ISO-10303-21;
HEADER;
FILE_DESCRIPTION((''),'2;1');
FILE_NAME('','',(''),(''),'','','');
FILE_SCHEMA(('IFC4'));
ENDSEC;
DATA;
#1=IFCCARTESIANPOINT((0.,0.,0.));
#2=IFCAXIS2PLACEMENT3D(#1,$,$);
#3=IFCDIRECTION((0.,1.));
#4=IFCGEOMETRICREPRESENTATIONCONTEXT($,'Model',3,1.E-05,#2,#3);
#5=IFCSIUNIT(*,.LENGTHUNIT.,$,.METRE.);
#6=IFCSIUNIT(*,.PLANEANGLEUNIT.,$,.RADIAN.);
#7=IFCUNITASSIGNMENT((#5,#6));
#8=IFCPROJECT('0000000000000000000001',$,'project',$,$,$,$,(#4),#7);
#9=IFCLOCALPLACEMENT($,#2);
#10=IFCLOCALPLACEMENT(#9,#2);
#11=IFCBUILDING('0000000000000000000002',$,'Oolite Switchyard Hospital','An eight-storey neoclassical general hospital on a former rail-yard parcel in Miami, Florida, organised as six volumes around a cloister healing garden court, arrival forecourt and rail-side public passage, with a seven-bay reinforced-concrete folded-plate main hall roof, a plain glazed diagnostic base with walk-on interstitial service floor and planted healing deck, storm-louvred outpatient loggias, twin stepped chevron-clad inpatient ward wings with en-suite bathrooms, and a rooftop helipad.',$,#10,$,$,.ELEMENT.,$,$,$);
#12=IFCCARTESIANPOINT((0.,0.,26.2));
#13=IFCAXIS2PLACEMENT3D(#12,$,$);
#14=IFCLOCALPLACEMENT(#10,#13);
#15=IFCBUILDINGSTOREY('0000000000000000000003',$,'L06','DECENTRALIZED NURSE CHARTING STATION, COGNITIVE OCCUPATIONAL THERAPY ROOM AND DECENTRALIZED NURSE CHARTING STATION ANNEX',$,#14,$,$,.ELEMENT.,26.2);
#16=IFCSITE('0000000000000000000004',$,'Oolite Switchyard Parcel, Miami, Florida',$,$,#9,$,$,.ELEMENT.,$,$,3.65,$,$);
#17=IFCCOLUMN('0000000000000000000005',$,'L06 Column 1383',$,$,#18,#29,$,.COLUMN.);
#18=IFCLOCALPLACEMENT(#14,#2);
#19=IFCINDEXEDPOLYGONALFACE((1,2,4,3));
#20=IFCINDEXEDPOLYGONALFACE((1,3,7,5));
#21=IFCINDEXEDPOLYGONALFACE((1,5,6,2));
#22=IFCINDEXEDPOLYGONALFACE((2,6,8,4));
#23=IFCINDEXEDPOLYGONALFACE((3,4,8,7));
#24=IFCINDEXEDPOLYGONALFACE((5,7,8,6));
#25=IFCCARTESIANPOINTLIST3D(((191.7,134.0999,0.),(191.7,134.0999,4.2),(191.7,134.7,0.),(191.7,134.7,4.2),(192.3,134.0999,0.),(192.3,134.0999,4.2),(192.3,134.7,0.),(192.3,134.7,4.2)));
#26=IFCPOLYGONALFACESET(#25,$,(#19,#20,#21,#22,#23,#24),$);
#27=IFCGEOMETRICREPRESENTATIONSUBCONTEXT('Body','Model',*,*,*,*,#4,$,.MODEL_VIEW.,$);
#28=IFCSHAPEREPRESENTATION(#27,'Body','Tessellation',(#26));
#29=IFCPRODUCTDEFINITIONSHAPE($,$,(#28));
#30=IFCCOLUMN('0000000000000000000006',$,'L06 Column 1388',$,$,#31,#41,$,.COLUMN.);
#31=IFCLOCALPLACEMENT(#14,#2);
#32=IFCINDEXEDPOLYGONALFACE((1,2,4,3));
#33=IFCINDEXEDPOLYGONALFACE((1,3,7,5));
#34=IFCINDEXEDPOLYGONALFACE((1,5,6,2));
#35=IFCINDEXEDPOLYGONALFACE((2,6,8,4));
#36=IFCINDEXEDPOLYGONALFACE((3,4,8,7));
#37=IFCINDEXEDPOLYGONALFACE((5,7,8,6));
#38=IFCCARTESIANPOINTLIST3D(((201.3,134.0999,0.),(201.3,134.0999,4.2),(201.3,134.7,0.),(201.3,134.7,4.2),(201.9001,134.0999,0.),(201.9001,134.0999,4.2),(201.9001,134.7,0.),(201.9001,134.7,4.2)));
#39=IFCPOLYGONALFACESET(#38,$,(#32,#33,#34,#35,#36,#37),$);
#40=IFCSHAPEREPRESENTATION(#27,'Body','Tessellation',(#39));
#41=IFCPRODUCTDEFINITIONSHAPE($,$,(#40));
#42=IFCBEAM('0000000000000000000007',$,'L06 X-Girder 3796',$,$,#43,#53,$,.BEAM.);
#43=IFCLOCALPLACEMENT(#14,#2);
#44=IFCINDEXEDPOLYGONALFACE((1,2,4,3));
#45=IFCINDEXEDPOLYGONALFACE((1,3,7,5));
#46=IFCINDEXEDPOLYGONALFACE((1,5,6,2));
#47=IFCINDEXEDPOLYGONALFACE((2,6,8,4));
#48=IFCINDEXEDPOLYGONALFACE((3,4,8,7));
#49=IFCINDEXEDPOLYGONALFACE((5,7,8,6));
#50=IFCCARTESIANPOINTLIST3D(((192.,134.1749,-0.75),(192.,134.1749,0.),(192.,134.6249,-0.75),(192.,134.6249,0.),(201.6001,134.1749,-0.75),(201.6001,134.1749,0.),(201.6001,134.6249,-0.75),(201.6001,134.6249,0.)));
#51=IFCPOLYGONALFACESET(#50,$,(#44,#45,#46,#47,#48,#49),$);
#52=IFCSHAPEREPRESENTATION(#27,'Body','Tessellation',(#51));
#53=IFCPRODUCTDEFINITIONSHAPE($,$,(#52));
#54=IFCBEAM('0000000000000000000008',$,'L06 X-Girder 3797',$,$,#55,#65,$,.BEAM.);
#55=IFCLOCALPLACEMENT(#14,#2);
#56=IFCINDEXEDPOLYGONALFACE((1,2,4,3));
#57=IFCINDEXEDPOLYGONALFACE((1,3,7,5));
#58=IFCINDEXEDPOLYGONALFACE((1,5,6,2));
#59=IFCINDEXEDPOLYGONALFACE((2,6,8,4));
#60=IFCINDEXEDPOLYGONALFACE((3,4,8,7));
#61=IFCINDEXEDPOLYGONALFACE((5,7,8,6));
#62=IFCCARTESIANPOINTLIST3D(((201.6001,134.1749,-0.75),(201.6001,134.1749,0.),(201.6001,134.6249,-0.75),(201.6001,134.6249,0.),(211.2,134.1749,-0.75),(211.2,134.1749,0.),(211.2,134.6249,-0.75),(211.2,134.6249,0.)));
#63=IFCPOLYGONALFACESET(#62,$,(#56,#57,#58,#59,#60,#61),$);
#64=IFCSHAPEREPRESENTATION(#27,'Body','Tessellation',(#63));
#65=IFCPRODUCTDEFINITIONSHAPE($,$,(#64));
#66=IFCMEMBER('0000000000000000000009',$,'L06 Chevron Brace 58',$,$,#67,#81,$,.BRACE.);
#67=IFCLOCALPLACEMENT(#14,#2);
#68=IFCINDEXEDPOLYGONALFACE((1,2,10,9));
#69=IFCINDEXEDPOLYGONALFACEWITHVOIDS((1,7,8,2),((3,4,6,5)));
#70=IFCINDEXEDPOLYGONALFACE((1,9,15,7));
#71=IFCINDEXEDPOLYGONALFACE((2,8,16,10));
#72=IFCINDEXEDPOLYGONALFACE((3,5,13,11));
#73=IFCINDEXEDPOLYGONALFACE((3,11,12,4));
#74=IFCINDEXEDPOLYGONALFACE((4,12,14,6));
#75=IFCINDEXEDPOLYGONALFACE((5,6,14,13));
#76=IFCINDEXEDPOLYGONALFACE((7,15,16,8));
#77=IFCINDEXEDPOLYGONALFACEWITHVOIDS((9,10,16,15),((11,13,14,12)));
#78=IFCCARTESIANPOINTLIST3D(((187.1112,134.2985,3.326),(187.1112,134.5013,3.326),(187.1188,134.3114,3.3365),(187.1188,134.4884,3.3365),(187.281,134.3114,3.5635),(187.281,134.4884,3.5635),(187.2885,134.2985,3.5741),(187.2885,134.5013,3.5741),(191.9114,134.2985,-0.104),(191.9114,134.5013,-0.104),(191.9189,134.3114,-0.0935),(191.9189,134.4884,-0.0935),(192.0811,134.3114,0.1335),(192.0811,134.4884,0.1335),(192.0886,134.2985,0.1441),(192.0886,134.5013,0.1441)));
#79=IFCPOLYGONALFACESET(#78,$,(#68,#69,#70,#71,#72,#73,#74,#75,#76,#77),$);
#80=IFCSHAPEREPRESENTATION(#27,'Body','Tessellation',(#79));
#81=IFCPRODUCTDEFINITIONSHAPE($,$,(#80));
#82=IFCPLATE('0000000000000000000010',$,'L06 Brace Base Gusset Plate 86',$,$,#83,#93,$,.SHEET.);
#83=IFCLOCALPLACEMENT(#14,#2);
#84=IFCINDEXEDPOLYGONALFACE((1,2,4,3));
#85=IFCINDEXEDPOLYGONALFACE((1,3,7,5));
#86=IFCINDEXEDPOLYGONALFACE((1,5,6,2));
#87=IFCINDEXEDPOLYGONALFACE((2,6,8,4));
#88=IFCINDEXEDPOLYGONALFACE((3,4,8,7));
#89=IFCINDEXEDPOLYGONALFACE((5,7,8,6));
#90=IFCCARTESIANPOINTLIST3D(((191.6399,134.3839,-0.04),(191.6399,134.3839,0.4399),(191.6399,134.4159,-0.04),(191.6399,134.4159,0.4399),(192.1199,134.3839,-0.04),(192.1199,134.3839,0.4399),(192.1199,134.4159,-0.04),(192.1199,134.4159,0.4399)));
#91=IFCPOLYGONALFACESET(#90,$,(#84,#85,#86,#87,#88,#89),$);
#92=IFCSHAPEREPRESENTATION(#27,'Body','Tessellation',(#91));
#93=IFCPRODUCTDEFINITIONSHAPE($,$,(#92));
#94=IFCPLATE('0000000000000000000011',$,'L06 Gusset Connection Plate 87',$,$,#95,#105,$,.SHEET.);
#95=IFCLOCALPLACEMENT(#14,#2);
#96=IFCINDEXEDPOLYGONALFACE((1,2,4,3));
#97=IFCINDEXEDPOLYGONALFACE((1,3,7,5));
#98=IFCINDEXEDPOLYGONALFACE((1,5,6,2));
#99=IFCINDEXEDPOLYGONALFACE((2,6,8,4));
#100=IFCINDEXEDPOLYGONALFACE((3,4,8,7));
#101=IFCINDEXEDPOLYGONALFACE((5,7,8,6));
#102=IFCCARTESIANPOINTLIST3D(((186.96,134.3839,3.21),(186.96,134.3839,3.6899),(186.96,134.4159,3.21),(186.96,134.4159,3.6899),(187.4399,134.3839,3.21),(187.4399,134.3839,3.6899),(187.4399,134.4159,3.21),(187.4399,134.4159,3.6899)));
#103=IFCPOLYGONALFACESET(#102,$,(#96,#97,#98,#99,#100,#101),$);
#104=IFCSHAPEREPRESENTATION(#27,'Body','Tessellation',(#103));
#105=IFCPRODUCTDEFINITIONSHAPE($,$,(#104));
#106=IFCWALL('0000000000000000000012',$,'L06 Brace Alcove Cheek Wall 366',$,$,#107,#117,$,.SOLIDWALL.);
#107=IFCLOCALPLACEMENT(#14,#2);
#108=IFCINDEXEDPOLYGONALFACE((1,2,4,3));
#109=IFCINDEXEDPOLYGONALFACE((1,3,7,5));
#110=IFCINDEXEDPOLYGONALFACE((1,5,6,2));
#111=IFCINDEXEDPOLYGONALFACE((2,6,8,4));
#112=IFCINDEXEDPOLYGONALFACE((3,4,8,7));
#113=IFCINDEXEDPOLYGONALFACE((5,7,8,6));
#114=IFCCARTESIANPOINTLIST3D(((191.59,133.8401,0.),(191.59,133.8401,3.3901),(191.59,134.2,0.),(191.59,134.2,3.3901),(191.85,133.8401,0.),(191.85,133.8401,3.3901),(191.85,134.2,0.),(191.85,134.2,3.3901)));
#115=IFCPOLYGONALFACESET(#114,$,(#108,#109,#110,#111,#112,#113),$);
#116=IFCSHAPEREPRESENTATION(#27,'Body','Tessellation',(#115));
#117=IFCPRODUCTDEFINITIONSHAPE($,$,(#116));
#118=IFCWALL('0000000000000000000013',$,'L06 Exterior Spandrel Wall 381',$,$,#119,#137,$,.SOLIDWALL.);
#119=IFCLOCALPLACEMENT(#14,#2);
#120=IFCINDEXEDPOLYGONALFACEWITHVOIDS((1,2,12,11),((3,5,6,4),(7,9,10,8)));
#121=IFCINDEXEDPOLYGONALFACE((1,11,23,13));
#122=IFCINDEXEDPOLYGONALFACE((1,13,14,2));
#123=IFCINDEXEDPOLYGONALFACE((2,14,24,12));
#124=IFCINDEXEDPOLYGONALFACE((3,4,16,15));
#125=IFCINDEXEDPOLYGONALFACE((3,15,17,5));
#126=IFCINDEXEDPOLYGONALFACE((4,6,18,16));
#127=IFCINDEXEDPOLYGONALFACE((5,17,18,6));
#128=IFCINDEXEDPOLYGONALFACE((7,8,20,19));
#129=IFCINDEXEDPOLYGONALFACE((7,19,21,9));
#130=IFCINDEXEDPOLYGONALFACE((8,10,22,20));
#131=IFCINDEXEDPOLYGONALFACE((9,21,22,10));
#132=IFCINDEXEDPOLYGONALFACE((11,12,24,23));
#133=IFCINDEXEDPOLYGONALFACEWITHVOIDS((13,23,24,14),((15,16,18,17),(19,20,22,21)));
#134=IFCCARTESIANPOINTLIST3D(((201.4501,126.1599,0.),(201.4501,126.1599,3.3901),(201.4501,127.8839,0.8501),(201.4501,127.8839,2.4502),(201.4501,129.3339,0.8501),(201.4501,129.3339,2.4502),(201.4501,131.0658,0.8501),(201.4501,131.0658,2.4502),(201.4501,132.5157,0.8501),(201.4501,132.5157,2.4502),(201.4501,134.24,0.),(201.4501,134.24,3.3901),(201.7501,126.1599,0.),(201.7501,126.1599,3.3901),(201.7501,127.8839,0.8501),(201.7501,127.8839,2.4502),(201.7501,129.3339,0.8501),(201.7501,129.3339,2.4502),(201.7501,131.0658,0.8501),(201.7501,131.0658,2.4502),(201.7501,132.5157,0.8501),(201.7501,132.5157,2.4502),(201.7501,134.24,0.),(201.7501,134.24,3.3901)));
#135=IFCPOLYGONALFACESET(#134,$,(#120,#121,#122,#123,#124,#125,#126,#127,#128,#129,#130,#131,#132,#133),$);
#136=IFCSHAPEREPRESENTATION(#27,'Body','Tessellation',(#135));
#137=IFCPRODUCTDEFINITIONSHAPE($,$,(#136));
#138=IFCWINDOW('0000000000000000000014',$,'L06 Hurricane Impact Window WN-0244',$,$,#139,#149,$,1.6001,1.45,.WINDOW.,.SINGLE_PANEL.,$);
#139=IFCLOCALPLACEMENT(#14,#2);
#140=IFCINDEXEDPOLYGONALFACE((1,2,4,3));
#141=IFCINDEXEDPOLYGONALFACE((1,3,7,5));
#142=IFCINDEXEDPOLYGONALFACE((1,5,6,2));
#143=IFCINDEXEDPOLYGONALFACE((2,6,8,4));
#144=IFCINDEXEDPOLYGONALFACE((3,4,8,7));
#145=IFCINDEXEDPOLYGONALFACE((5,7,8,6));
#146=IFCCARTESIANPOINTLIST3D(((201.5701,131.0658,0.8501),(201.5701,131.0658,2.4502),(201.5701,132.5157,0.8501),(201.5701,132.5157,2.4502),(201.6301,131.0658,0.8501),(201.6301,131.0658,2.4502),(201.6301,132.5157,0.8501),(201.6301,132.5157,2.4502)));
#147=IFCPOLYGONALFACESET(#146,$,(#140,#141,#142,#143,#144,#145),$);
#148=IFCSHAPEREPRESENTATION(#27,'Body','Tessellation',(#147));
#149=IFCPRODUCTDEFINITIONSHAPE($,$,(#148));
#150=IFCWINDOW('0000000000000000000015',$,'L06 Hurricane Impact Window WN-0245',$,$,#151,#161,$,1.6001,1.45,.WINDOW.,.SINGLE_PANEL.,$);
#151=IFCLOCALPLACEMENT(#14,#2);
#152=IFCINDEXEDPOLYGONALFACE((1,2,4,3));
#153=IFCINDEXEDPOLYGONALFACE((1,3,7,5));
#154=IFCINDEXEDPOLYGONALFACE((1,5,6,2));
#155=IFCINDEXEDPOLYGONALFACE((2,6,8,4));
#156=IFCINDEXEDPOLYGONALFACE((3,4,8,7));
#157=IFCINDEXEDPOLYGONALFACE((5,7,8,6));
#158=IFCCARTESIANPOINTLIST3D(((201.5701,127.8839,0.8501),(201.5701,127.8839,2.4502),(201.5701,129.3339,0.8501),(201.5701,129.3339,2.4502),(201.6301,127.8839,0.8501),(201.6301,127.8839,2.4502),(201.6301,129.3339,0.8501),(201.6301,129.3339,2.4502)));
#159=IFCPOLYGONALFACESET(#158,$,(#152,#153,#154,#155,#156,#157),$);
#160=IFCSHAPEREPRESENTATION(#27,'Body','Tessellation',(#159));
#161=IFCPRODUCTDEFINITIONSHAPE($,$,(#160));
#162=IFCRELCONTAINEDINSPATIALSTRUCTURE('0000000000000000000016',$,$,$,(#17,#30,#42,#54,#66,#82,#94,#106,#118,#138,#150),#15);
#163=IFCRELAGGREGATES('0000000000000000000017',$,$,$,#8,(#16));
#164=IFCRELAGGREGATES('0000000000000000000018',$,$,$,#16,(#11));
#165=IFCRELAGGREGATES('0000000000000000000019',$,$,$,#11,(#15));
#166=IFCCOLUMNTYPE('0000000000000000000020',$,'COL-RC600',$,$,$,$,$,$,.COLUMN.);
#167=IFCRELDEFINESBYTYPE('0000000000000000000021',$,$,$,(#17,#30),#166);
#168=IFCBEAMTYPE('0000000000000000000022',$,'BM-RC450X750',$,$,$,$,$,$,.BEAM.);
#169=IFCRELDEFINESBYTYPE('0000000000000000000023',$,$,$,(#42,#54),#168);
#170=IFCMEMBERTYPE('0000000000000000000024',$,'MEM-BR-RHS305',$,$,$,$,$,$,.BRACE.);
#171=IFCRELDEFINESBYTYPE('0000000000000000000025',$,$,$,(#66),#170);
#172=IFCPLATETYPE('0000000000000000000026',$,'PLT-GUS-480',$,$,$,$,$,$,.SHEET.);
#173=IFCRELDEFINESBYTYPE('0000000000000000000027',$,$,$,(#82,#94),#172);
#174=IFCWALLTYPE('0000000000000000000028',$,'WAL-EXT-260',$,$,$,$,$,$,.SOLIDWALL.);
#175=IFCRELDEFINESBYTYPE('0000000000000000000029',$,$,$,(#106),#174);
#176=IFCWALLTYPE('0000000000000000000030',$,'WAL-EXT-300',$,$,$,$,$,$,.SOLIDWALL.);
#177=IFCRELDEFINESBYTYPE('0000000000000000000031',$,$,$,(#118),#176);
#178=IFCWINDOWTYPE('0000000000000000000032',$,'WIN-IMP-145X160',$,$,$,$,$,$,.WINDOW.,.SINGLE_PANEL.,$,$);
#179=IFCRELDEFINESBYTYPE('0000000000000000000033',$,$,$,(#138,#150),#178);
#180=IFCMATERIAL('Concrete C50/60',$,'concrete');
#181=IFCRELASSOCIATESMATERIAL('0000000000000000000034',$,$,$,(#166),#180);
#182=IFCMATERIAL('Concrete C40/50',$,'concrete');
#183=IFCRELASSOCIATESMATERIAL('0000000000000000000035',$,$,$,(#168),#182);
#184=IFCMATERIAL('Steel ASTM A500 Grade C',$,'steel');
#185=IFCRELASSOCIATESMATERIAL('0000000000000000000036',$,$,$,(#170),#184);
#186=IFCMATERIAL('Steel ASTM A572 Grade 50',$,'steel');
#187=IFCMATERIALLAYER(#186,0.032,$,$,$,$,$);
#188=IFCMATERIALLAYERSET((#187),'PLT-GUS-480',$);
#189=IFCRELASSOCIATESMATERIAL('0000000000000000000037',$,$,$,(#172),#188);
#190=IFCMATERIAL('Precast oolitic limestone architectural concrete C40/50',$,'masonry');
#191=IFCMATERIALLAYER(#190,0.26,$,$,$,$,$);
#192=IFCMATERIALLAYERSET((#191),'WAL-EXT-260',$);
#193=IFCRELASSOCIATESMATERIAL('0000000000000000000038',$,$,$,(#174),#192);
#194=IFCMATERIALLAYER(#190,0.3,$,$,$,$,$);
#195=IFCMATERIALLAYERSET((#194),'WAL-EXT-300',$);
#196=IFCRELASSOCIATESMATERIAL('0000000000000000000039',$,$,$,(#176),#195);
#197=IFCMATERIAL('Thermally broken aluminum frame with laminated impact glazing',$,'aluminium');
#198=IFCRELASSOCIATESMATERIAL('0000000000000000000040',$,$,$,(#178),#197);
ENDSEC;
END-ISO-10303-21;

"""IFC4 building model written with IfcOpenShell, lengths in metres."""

from ifc_helpers import new_model, si_unit, direction, frame, frame_2d, origin, origin_2d, place, context, subcontext, project, spatial, rectangle, hollow_rectangle, extrude, material, layer, layer_set, material_profile, profile_set, type_object, element, fill, save


model = new_model("IFC4")

# Units and contexts
model_context = context("Model", 3, precision=1e-05, world=origin(), true_north=direction((0.0, 1.0)))
body_context = subcontext(model_context, "Body", "Model", "MODEL_VIEW")
ifc_project = project(units=[si_unit("LENGTHUNIT", "METRE"), si_unit("PLANEANGLEUNIT", "RADIAN")], contexts=[model_context])

# Site, building, storey
site_placement = place(None, origin())
site = spatial("IfcSite", under=ifc_project, at=site_placement, Name="Oolite Switchyard Parcel, Miami, Florida", CompositionType="ELEMENT", RefElevation=3.65)
building_placement = place(site_placement, origin())
building = spatial("IfcBuilding", under=site, at=building_placement, Name="Oolite Switchyard Hospital", Description="An eight-storey neoclassical general hospital on a former rail-yard parcel in Miami, Florida, organised as six volumes around a cloister healing garden court, arrival forecourt and rail-side public passage, with a seven-bay reinforced-concrete folded-plate main hall roof, a plain glazed diagnostic base with walk-on interstitial service floor and planted healing deck, storm-louvred outpatient loggias, twin stepped chevron-clad inpatient ward wings with en-suite bathrooms, and a rooftop helipad.", CompositionType="ELEMENT")
storey_placement = place(building_placement, frame((0.0, 0.0, 26.2)))
storey = spatial("IfcBuildingStorey", under=building, at=storey_placement, Name="L06", Description="DECENTRALIZED NURSE CHARTING STATION, COGNITIVE OCCUPATIONAL THERAPY ROOM AND DECENTRALIZED NURSE CHARTING STATION ANNEX", CompositionType="ELEMENT", Elevation=26.2)

# Columns
ifc_material_1 = material(Name="Concrete C50/60", Category="concrete")
ifc_material_profile_1 = material_profile(ifc_material_1, rectangle(XDim=0.6001, YDim=0.6001, at=origin_2d()), Name="RC600X600")
ifc_profile_set_1 = profile_set([ifc_material_profile_1], Name="Concrete C50/60")
column_type = type_object("IfcColumnType", Name="COL-RC600", PredefinedType="COLUMN", material=ifc_profile_set_1)
for number, where, z_axis, x_axis, name in (
    (1, (192.0, 134.3999, 0.0), (0.0, 0.0, 1.0), (1.0, 0.0, 0.0), "L06 Column 1383"),
    (2, (201.6001, 134.3999, 0.0), (0.0, 0.0, 1.0), (1.0, 0.0, 0.0), "L06 Column 1388"),
):
    element("IfcColumn", number, at=place(storey_placement, frame(where, z_axis=z_axis, x_axis=x_axis)), inside=storey, type_object=column_type, Name=name, PredefinedType="COLUMN", context=body_context, shape_type="SweptSolid", body=[
        extrude(rectangle(XDim=0.6001, YDim=0.6001, at=origin_2d()), origin(), (0.0, 0.0, 1.0), 4.2),
    ])

# Beams
ifc_material_2 = material(Name="Concrete C40/50", Category="concrete")
ifc_material_profile_2 = material_profile(ifc_material_2, rectangle(XDim=0.45, YDim=0.75, at=origin_2d()), Name="RCB450X750")
ifc_profile_set_2 = profile_set([ifc_material_profile_2], Name="Concrete C40/50")
beam_type = type_object("IfcBeamType", Name="BM-RC450X750", PredefinedType="BEAM", material=ifc_profile_set_2)
beam_1_placement = place(storey_placement, frame((192.0, 134.3999, -0.375), z_axis=(1.0, 0.0, 0.0), x_axis=(0.0, 1.0, 0.0)))
element("IfcBeam", 3, at=beam_1_placement, inside=storey, type_object=beam_type, Name="L06 X-Girder 3796", PredefinedType="BEAM", context=body_context, shape_type="SweptSolid", body=[
    extrude(rectangle(XDim=0.45, YDim=0.75, at=origin_2d()), origin(), (0.0, 0.0, 1.0), 9.6001),
])
beam_2_placement = place(storey_placement, frame((201.6001, 134.3999, -0.375), z_axis=(1.0, 0.0, 0.0), x_axis=(0.0, 1.0, 0.0)))
element("IfcBeam", 4, at=beam_2_placement, inside=storey, type_object=beam_type, Name="L06 X-Girder 3797", PredefinedType="BEAM", context=body_context, shape_type="SweptSolid", body=[
    extrude(rectangle(XDim=0.45, YDim=0.75, at=origin_2d()), origin(), (0.0, 0.0, 1.0), 9.5999),
])

# Member
ifc_material_3 = material(Name="Steel ASTM A500 Grade C", Category="steel")
ifc_material_profile_3 = material_profile(ifc_material_3, hollow_rectangle(XDim=0.2029, YDim=0.3049, WallThickness=0.0129, at=origin_2d()), Name="HSS305X203X13")
ifc_profile_set_3 = profile_set([ifc_material_profile_3], Name="Steel ASTM A500 Grade C")
member_type = type_object("IfcMemberType", Name="MEM-BR-RHS305", PredefinedType="BRACE", material=ifc_profile_set_3)
member_placement = place(storey_placement, frame((192.0, 134.3999, 0.02), z_axis=(-0.813627, 0.0, 0.581387), x_axis=(0.0, -1.0, 0.0)))
element("IfcMember", 5, at=member_placement, inside=storey, type_object=member_type, Name="L06 Chevron Brace 58", PredefinedType="BRACE", context=body_context, shape_type="SweptSolid", body=[
    extrude(hollow_rectangle(XDim=0.2029, YDim=0.3049, WallThickness=0.0129, at=origin_2d()), origin(), (0.0, 0.0, 1.0), 5.8997),
])

# Plates
ifc_material_4 = material(Name="Steel ASTM A572 Grade 50", Category="steel")
ifc_layer_1 = layer(ifc_material_4, 0.032)
ifc_layer_set_1 = layer_set([ifc_layer_1], Name="PLT-GUS-480")
plate_type = type_object("IfcPlateType", Name="PLT-GUS-480", PredefinedType="SHEET", material=ifc_layer_set_1)
for number, where, z_axis, x_axis, name in (
    (6, (191.8799, 134.3999, -0.04), (0.0, 0.0, 1.0), (1.0, 0.0, 0.0), "L06 Brace Base Gusset Plate 86"),
    (7, (187.2, 134.3999, 3.21), (0.0, 0.0, 1.0), (1.0, 0.0, 0.0), "L06 Gusset Connection Plate 87"),
):
    element("IfcPlate", number, at=place(storey_placement, frame(where, z_axis=z_axis, x_axis=x_axis)), inside=storey, type_object=plate_type, Name=name, PredefinedType="SHEET", context=body_context, shape_type="SweptSolid", body=[
        extrude(rectangle(XDim=0.48, YDim=0.032, at=origin_2d()), origin(), (0.0, 0.0, 1.0), 0.48),
    ])

# Wall
ifc_material_5 = material(Name="Precast oolitic limestone architectural concrete C40/50", Category="masonry")
ifc_layer_2 = layer(ifc_material_5, 0.26)
ifc_layer_set_2 = layer_set([ifc_layer_2], Name="WAL-EXT-260")
wall_type_1 = type_object("IfcWallType", Name="WAL-EXT-260", PredefinedType="SOLIDWALL", material=ifc_layer_set_2)
wall_1_placement = place(storey_placement, frame((191.72, 134.2, 0.0), z_axis=(0.0, 0.0, 1.0), x_axis=(0.0, -1.0, 0.0)))
element("IfcWall", 8, at=wall_1_placement, inside=storey, type_object=wall_type_1, Name="L06 Brace Alcove Cheek Wall 366", PredefinedType="SOLIDWALL", context=body_context, shape_type="SweptSolid", body=[
    extrude(rectangle(XDim=0.3599, YDim=0.26, at=frame_2d((0.1799, 0.0))), origin(), (0.0, 0.0, 1.0), 3.3901),
])

# Wall, openings, windows
ifc_layer_3 = layer(ifc_material_5, 0.3)
ifc_layer_set_3 = layer_set([ifc_layer_3], Name="WAL-EXT-300")
wall_type_2 = type_object("IfcWallType", Name="WAL-EXT-300", PredefinedType="SOLIDWALL", material=ifc_layer_set_3)
wall_2_placement = place(storey_placement, frame((201.6001, 134.24, 0.0), z_axis=(0.0, 0.0, 1.0), x_axis=(0.0, -1.0, 0.0)))
wall_2 = element("IfcWall", 9, at=wall_2_placement, inside=storey, type_object=wall_type_2, Name="L06 Exterior Spandrel Wall 381", PredefinedType="SOLIDWALL", context=body_context, shape_type="SweptSolid", body=[
    extrude(rectangle(XDim=8.0801, YDim=0.3, at=frame_2d((4.04, 0.0))), origin(), (0.0, 0.0, 1.0), 3.3901),
])
opening_1_placement = place(wall_2_placement, frame((1.7241, 0.0, 0.8501)))
opening_1 = element("IfcOpeningElement", 10, at=opening_1_placement, cuts=wall_2, PredefinedType="OPENING", context=body_context, shape_type="SweptSolid", body=[
    extrude(rectangle(XDim=1.45, YDim=1.6001, at=frame_2d((0.7251, 0.8))), frame((0.0, 0.1602, 0.0), z_axis=(0.0, -1.0, 0.0), x_axis=(1.0, 0.0, 0.0)), (0.0, 0.0, 1.0), 0.3201),
])
opening_2_placement = place(wall_2_placement, frame((4.906, 0.0, 0.8501)))
opening_2 = element("IfcOpeningElement", 11, at=opening_2_placement, cuts=wall_2, PredefinedType="OPENING", context=body_context, shape_type="SweptSolid", body=[
    extrude(rectangle(XDim=1.45, YDim=1.6001, at=frame_2d((0.7251, 0.8))), frame((0.0, 0.1602, 0.0), z_axis=(0.0, -1.0, 0.0), x_axis=(1.0, 0.0, 0.0)), (0.0, 0.0, 1.0), 0.3201),
])
ifc_material_6 = material(Name="Thermally broken aluminum frame with laminated impact glazing", Category="aluminium")
window_type_1 = type_object("IfcWindowType", Name="WIN-IMP-145X160", PartitioningType="SINGLE_PANEL", PredefinedType="WINDOW", material=ifc_material_6)
window_1_placement = place(opening_1_placement, origin())
window_1 = element("IfcWindow", 12, at=window_1_placement, inside=storey, type_object=window_type_1, Name="L06 Hurricane Impact Window WN-0244", OverallHeight=1.6001, OverallWidth=1.45, PartitioningType="SINGLE_PANEL", PredefinedType="WINDOW", context=body_context, shape_type="SweptSolid", body=[
    extrude(rectangle(XDim=1.45, YDim=1.6001, at=frame_2d((0.7251, 0.8))), frame((0.0, 0.03, 0.0), z_axis=(0.0, -1.0, 0.0), x_axis=(1.0, 0.0, 0.0)), (0.0, 0.0, 1.0), 0.0601),
])
fill(opening_1, window_1)
window_2_placement = place(opening_2_placement, origin())
window_2 = element("IfcWindow", 13, at=window_2_placement, inside=storey, type_object=window_type_1, Name="L06 Hurricane Impact Window WN-0245", OverallHeight=1.6001, OverallWidth=1.45, PartitioningType="SINGLE_PANEL", PredefinedType="WINDOW", context=body_context, shape_type="SweptSolid", body=[
    extrude(rectangle(XDim=1.45, YDim=1.6001, at=frame_2d((0.7251, 0.8))), frame((0.0, 0.03, 0.0), z_axis=(0.0, -1.0, 0.0), x_axis=(1.0, 0.0, 0.0)), (0.0, 0.0, 1.0), 0.0601),
])
fill(opening_2, window_2)

save(model, "model.ifc")
